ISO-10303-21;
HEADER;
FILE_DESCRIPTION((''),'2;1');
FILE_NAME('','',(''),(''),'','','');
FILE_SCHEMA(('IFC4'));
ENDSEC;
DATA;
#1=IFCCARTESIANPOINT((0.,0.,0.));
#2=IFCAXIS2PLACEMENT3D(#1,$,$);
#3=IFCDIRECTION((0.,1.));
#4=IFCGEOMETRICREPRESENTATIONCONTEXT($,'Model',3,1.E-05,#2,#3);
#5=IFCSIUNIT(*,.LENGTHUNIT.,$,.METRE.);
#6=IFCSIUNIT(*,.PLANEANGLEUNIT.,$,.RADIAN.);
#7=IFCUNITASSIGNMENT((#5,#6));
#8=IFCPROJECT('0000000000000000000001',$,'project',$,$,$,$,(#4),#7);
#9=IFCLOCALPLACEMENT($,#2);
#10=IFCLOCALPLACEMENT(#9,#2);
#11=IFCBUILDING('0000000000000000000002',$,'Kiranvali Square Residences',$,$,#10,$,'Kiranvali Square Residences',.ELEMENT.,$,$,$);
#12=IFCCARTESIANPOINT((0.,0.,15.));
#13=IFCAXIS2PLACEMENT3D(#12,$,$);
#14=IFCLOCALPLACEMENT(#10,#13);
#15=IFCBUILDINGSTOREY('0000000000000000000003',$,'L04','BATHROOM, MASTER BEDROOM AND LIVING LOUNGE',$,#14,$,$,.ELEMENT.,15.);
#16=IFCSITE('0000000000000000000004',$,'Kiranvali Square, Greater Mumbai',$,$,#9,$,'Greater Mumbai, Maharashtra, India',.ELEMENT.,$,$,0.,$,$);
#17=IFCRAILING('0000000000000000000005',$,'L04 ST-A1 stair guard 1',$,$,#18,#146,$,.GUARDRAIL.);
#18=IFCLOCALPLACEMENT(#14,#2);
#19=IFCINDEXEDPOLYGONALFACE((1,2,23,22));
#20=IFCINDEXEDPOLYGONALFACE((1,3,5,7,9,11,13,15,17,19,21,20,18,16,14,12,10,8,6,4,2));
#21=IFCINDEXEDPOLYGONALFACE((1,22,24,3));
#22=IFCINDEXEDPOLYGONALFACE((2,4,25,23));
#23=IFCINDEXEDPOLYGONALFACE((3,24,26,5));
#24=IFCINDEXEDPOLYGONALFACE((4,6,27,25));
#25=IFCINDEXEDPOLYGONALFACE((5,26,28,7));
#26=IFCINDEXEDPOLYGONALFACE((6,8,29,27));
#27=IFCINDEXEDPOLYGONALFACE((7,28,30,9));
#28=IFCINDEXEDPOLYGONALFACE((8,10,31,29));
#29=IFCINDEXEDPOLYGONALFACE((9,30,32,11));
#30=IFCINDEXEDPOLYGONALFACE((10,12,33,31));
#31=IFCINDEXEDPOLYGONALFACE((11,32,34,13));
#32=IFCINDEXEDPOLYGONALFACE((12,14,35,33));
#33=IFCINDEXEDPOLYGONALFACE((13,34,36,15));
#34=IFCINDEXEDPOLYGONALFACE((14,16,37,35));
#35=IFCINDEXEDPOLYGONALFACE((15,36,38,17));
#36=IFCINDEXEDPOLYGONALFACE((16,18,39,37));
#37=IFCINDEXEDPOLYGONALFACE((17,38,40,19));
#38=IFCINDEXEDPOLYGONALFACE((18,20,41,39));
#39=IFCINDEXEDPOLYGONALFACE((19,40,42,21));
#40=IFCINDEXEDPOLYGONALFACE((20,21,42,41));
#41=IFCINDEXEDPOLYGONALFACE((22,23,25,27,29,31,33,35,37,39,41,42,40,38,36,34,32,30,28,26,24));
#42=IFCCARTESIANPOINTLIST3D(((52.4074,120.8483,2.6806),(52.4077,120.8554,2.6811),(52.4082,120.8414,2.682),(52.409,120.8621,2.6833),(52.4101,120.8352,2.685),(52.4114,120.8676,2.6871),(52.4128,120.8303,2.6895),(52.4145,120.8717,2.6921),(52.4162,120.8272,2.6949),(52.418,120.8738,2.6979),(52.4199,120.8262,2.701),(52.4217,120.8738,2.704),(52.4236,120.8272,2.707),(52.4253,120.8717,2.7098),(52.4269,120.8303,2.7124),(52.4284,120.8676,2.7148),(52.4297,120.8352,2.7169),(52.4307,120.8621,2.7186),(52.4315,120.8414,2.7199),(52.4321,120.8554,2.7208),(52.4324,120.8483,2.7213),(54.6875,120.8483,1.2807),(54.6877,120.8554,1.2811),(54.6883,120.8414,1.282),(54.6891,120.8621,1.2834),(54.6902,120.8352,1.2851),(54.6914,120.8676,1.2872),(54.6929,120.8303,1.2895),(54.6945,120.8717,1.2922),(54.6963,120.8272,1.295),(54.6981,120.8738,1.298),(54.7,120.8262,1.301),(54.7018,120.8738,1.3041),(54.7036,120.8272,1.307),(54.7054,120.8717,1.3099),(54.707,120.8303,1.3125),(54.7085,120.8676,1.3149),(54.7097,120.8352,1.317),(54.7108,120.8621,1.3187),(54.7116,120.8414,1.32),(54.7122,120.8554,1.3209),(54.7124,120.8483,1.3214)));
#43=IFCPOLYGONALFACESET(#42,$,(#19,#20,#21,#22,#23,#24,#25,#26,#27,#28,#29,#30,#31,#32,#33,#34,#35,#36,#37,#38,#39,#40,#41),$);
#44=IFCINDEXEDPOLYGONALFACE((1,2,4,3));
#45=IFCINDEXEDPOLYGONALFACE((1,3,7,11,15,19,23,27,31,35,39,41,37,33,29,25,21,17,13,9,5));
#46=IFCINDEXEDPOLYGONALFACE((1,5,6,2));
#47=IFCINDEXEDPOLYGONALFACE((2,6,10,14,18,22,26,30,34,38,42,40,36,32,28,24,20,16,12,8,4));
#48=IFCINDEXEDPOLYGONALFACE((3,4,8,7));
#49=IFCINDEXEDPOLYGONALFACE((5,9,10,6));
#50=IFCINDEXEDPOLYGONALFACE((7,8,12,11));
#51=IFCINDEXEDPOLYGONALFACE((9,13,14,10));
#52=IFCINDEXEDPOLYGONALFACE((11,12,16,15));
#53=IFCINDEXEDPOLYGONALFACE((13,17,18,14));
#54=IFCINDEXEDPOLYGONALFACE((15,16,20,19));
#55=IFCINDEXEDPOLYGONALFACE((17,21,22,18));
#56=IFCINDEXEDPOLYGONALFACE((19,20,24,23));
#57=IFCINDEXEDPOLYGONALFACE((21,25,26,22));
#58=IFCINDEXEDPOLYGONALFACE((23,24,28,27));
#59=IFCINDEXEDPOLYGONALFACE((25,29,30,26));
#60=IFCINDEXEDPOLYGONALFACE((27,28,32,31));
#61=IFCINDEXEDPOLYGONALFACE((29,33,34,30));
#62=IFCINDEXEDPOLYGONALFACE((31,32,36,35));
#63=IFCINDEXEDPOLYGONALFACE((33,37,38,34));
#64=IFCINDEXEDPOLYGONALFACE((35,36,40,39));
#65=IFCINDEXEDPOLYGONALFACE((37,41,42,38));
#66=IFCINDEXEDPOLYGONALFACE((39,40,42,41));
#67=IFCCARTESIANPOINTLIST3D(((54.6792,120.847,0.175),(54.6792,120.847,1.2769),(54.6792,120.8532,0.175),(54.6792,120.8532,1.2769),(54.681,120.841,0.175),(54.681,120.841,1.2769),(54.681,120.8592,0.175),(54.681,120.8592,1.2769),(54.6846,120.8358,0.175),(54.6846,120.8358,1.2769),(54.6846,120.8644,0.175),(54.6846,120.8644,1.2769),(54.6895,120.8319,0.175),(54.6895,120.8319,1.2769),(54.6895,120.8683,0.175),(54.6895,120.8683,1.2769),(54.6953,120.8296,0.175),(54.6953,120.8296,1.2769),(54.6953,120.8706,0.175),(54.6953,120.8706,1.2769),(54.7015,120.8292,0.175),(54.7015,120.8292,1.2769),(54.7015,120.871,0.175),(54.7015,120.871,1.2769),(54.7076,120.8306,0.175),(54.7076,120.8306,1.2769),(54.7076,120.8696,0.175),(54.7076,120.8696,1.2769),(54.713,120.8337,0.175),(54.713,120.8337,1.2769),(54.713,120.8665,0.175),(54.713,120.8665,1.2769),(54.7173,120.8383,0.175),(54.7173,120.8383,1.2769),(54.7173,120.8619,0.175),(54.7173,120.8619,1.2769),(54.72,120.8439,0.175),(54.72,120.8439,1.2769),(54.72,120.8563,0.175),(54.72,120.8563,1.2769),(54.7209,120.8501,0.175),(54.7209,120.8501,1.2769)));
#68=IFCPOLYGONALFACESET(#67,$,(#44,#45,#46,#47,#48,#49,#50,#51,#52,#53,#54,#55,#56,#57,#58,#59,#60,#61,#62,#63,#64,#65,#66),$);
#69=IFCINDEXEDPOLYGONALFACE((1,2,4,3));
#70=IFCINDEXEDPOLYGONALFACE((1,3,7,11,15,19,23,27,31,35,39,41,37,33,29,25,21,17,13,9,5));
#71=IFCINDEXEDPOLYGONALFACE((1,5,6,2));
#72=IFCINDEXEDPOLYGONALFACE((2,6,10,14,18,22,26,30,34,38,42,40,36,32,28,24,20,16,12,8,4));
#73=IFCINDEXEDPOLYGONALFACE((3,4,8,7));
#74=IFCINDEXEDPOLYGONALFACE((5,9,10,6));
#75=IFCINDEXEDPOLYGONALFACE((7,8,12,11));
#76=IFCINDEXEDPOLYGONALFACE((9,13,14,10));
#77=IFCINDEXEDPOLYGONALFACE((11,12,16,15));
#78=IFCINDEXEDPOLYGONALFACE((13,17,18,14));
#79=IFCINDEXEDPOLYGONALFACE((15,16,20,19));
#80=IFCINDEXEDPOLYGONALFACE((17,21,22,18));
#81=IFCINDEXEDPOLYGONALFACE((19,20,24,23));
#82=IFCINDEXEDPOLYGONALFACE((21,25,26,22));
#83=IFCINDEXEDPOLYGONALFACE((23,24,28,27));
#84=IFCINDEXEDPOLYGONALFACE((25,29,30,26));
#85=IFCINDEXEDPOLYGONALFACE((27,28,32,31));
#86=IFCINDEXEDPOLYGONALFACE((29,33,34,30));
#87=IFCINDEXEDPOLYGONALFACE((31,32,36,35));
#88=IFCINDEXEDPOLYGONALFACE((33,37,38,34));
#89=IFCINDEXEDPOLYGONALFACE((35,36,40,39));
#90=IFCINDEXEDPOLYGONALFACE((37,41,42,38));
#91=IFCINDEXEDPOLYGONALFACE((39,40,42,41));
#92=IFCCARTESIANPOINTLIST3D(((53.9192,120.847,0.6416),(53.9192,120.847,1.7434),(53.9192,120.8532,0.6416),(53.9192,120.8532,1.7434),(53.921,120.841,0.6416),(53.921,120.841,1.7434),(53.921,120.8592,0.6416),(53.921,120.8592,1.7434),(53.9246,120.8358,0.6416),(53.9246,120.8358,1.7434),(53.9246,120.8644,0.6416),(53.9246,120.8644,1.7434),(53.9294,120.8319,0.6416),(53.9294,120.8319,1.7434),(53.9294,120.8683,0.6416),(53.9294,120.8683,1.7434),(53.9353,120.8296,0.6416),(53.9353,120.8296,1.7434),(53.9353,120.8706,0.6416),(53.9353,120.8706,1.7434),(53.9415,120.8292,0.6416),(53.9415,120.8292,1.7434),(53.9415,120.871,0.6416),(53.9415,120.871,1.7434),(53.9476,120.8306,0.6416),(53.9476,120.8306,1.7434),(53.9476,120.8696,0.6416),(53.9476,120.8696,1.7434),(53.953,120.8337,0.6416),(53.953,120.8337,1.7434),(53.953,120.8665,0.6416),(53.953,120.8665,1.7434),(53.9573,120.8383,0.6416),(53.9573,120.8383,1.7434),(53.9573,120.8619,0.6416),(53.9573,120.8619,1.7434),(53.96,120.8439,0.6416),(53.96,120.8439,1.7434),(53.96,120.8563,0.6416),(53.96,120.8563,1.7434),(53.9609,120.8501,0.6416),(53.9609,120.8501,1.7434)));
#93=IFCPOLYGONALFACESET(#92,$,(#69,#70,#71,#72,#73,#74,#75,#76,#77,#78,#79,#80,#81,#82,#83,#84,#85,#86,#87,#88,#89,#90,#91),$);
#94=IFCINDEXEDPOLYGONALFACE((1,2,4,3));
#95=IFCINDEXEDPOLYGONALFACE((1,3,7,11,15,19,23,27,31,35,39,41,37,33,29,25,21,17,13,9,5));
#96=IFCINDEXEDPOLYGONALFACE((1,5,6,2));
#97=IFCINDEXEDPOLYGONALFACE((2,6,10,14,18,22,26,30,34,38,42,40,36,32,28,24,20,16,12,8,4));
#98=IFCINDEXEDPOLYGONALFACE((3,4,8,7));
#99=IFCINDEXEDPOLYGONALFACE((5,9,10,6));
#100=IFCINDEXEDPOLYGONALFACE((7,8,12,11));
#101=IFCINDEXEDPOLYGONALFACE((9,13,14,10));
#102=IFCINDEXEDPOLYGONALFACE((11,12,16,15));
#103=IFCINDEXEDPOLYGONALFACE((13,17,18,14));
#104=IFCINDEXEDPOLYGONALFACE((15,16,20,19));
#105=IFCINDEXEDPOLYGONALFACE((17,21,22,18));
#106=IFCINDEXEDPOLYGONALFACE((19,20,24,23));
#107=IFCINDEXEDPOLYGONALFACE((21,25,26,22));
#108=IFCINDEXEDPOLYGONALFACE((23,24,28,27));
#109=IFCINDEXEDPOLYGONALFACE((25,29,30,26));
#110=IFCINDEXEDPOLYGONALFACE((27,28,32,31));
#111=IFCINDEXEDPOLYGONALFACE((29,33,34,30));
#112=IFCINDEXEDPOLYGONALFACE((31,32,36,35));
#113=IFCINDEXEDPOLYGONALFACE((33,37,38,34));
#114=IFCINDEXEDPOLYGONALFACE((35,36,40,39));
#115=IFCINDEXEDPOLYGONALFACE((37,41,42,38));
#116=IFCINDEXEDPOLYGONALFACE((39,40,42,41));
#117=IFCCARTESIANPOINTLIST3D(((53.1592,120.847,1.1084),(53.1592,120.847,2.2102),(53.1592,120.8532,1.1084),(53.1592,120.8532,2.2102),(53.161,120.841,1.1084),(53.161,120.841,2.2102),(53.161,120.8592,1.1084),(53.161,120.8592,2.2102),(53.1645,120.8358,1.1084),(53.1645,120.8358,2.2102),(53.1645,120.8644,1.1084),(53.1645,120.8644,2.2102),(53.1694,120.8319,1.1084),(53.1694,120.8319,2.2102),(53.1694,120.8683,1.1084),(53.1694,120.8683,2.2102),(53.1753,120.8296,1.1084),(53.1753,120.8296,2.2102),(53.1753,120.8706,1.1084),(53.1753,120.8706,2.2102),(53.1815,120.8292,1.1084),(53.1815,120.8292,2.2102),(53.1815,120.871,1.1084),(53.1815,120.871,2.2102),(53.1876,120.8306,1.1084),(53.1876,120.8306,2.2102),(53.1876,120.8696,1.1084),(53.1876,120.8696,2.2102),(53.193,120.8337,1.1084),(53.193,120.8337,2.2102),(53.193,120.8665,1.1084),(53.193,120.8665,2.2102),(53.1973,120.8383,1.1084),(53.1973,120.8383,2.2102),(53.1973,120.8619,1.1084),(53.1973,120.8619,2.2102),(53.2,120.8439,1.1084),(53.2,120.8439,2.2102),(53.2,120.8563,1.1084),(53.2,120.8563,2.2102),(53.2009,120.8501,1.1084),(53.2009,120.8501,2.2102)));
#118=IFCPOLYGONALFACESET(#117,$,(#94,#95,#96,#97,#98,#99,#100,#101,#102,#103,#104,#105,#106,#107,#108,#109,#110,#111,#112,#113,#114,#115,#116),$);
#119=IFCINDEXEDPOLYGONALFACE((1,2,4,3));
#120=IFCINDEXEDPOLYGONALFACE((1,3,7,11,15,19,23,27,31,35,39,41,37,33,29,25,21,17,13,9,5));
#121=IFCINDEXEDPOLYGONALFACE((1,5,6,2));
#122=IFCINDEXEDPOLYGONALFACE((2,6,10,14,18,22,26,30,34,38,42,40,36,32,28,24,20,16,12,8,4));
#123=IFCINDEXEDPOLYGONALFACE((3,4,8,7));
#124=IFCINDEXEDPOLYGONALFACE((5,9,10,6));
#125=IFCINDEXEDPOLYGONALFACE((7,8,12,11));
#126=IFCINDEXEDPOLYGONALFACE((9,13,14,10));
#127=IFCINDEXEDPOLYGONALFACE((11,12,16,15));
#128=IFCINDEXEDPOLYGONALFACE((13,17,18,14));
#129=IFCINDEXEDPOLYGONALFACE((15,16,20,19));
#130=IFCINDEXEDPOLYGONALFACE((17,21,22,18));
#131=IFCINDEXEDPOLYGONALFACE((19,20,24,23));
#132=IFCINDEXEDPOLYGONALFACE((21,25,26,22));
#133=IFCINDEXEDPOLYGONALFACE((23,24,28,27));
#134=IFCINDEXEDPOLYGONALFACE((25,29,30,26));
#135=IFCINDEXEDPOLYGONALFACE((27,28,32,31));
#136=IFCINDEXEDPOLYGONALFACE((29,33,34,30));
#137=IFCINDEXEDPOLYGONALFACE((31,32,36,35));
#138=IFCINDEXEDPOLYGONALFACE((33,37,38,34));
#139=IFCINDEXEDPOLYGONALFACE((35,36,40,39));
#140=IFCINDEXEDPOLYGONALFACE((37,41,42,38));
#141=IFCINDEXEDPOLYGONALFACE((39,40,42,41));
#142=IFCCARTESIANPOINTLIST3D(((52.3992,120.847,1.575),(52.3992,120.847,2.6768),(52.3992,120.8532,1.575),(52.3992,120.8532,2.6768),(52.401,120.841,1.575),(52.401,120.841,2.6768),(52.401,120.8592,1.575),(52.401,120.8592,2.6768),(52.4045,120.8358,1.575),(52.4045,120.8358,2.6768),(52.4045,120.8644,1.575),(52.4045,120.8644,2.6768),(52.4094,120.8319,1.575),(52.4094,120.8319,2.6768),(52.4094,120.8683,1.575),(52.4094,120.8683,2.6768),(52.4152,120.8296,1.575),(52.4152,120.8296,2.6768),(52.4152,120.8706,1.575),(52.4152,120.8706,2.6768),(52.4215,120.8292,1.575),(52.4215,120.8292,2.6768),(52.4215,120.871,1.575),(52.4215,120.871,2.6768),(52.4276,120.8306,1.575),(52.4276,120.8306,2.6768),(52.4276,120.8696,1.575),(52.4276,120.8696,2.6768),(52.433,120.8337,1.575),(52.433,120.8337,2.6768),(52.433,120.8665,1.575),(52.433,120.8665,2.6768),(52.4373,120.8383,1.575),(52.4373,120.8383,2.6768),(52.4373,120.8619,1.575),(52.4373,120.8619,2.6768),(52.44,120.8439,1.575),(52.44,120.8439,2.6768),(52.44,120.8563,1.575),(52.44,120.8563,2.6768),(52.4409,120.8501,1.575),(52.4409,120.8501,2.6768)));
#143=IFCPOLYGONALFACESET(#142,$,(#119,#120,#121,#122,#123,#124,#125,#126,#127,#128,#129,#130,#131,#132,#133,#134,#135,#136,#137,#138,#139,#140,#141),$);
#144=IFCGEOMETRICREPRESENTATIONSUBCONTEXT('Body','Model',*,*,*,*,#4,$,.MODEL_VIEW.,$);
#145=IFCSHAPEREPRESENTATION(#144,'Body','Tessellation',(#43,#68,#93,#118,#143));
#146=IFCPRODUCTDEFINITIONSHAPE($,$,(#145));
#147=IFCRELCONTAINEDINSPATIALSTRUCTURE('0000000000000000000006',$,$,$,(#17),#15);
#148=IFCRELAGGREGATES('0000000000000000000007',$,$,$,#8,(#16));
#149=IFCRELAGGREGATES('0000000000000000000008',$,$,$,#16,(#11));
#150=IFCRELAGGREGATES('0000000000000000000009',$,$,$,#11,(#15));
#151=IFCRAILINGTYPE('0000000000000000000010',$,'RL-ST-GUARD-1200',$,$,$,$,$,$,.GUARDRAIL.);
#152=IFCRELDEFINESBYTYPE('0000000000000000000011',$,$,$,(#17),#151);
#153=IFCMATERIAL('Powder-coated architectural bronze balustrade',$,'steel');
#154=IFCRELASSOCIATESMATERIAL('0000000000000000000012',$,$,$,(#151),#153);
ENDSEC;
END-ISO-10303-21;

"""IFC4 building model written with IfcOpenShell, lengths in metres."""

from ifc_helpers import new_model, si_unit, direction, frame, origin, origin_2d, place, context, subcontext, project, spatial, circle, extrude, material, type_object, element, save


model = new_model("IFC4")

# Units and contexts
model_context = context("Model", 3, precision=1e-05, world=origin(), true_north=direction((0.0, 1.0)))
body_context = subcontext(model_context, "Body", "Model", "MODEL_VIEW")
ifc_project = project(units=[si_unit("LENGTHUNIT", "METRE"), si_unit("PLANEANGLEUNIT", "RADIAN")], contexts=[model_context])

# Site, building, storey
site_placement = place(None, origin())
site = spatial("IfcSite", under=ifc_project, at=site_placement, Name="Kiranvali Square, Greater Mumbai", LongName="Greater Mumbai, Maharashtra, India", CompositionType="ELEMENT", RefElevation=0.0)
building_placement = place(site_placement, origin())
building = spatial("IfcBuilding", under=site, at=building_placement, Name="Kiranvali Square Residences", LongName="Kiranvali Square Residences", CompositionType="ELEMENT")
storey_placement = place(building_placement, frame((0.0, 0.0, 15.0)))
storey = spatial("IfcBuildingStorey", under=building, at=storey_placement, Name="L04", Description="BATHROOM, MASTER BEDROOM AND LIVING LOUNGE", CompositionType="ELEMENT", Elevation=15.0)

# Railing
ifc_material_1 = material(Name="Powder-coated architectural bronze balustrade", Category="steel")
railing_type_1 = type_object("IfcRailingType", Name="RL-ST-GUARD-1200", PredefinedType="GUARDRAIL", material=ifc_material_1)
railing_1_placement = place(storey_placement, frame((54.7, 120.8501, 0.175)))
element("IfcRailing", 1, at=railing_1_placement, inside=storey, type_object=railing_type_1, Name="L04 ST-A1 stair guard 1", PredefinedType="GUARDRAIL", context=body_context, shape_type="SweptSolid", body=[
    extrude(circle(Radius=0.0239, at=origin_2d()), frame((0.0, 0.0, 1.126), z_axis=(-0.85219, 0.0, 0.523232), x_axis=(0.0, -1.0, 0.0)), (0.0, 0.0, 1.0), 2.6755),
    extrude(circle(Radius=0.021, at=origin_2d()), origin(), (0.0, 0.0, 1.0), 1.1018),
    extrude(circle(Radius=0.021, at=origin_2d()), frame((-0.76, 0.0, 0.4666)), (0.0, 0.0, 1.0), 1.1018),
    extrude(circle(Radius=0.021, at=origin_2d()), frame((-1.52, 0.0, 0.9333)), (0.0, 0.0, 1.0), 1.1018),
    extrude(circle(Radius=0.021, at=origin_2d()), frame((-2.28, 0.0, 1.3999)), (0.0, 0.0, 1.0), 1.1018),
])

save(model, "model.ifc")
